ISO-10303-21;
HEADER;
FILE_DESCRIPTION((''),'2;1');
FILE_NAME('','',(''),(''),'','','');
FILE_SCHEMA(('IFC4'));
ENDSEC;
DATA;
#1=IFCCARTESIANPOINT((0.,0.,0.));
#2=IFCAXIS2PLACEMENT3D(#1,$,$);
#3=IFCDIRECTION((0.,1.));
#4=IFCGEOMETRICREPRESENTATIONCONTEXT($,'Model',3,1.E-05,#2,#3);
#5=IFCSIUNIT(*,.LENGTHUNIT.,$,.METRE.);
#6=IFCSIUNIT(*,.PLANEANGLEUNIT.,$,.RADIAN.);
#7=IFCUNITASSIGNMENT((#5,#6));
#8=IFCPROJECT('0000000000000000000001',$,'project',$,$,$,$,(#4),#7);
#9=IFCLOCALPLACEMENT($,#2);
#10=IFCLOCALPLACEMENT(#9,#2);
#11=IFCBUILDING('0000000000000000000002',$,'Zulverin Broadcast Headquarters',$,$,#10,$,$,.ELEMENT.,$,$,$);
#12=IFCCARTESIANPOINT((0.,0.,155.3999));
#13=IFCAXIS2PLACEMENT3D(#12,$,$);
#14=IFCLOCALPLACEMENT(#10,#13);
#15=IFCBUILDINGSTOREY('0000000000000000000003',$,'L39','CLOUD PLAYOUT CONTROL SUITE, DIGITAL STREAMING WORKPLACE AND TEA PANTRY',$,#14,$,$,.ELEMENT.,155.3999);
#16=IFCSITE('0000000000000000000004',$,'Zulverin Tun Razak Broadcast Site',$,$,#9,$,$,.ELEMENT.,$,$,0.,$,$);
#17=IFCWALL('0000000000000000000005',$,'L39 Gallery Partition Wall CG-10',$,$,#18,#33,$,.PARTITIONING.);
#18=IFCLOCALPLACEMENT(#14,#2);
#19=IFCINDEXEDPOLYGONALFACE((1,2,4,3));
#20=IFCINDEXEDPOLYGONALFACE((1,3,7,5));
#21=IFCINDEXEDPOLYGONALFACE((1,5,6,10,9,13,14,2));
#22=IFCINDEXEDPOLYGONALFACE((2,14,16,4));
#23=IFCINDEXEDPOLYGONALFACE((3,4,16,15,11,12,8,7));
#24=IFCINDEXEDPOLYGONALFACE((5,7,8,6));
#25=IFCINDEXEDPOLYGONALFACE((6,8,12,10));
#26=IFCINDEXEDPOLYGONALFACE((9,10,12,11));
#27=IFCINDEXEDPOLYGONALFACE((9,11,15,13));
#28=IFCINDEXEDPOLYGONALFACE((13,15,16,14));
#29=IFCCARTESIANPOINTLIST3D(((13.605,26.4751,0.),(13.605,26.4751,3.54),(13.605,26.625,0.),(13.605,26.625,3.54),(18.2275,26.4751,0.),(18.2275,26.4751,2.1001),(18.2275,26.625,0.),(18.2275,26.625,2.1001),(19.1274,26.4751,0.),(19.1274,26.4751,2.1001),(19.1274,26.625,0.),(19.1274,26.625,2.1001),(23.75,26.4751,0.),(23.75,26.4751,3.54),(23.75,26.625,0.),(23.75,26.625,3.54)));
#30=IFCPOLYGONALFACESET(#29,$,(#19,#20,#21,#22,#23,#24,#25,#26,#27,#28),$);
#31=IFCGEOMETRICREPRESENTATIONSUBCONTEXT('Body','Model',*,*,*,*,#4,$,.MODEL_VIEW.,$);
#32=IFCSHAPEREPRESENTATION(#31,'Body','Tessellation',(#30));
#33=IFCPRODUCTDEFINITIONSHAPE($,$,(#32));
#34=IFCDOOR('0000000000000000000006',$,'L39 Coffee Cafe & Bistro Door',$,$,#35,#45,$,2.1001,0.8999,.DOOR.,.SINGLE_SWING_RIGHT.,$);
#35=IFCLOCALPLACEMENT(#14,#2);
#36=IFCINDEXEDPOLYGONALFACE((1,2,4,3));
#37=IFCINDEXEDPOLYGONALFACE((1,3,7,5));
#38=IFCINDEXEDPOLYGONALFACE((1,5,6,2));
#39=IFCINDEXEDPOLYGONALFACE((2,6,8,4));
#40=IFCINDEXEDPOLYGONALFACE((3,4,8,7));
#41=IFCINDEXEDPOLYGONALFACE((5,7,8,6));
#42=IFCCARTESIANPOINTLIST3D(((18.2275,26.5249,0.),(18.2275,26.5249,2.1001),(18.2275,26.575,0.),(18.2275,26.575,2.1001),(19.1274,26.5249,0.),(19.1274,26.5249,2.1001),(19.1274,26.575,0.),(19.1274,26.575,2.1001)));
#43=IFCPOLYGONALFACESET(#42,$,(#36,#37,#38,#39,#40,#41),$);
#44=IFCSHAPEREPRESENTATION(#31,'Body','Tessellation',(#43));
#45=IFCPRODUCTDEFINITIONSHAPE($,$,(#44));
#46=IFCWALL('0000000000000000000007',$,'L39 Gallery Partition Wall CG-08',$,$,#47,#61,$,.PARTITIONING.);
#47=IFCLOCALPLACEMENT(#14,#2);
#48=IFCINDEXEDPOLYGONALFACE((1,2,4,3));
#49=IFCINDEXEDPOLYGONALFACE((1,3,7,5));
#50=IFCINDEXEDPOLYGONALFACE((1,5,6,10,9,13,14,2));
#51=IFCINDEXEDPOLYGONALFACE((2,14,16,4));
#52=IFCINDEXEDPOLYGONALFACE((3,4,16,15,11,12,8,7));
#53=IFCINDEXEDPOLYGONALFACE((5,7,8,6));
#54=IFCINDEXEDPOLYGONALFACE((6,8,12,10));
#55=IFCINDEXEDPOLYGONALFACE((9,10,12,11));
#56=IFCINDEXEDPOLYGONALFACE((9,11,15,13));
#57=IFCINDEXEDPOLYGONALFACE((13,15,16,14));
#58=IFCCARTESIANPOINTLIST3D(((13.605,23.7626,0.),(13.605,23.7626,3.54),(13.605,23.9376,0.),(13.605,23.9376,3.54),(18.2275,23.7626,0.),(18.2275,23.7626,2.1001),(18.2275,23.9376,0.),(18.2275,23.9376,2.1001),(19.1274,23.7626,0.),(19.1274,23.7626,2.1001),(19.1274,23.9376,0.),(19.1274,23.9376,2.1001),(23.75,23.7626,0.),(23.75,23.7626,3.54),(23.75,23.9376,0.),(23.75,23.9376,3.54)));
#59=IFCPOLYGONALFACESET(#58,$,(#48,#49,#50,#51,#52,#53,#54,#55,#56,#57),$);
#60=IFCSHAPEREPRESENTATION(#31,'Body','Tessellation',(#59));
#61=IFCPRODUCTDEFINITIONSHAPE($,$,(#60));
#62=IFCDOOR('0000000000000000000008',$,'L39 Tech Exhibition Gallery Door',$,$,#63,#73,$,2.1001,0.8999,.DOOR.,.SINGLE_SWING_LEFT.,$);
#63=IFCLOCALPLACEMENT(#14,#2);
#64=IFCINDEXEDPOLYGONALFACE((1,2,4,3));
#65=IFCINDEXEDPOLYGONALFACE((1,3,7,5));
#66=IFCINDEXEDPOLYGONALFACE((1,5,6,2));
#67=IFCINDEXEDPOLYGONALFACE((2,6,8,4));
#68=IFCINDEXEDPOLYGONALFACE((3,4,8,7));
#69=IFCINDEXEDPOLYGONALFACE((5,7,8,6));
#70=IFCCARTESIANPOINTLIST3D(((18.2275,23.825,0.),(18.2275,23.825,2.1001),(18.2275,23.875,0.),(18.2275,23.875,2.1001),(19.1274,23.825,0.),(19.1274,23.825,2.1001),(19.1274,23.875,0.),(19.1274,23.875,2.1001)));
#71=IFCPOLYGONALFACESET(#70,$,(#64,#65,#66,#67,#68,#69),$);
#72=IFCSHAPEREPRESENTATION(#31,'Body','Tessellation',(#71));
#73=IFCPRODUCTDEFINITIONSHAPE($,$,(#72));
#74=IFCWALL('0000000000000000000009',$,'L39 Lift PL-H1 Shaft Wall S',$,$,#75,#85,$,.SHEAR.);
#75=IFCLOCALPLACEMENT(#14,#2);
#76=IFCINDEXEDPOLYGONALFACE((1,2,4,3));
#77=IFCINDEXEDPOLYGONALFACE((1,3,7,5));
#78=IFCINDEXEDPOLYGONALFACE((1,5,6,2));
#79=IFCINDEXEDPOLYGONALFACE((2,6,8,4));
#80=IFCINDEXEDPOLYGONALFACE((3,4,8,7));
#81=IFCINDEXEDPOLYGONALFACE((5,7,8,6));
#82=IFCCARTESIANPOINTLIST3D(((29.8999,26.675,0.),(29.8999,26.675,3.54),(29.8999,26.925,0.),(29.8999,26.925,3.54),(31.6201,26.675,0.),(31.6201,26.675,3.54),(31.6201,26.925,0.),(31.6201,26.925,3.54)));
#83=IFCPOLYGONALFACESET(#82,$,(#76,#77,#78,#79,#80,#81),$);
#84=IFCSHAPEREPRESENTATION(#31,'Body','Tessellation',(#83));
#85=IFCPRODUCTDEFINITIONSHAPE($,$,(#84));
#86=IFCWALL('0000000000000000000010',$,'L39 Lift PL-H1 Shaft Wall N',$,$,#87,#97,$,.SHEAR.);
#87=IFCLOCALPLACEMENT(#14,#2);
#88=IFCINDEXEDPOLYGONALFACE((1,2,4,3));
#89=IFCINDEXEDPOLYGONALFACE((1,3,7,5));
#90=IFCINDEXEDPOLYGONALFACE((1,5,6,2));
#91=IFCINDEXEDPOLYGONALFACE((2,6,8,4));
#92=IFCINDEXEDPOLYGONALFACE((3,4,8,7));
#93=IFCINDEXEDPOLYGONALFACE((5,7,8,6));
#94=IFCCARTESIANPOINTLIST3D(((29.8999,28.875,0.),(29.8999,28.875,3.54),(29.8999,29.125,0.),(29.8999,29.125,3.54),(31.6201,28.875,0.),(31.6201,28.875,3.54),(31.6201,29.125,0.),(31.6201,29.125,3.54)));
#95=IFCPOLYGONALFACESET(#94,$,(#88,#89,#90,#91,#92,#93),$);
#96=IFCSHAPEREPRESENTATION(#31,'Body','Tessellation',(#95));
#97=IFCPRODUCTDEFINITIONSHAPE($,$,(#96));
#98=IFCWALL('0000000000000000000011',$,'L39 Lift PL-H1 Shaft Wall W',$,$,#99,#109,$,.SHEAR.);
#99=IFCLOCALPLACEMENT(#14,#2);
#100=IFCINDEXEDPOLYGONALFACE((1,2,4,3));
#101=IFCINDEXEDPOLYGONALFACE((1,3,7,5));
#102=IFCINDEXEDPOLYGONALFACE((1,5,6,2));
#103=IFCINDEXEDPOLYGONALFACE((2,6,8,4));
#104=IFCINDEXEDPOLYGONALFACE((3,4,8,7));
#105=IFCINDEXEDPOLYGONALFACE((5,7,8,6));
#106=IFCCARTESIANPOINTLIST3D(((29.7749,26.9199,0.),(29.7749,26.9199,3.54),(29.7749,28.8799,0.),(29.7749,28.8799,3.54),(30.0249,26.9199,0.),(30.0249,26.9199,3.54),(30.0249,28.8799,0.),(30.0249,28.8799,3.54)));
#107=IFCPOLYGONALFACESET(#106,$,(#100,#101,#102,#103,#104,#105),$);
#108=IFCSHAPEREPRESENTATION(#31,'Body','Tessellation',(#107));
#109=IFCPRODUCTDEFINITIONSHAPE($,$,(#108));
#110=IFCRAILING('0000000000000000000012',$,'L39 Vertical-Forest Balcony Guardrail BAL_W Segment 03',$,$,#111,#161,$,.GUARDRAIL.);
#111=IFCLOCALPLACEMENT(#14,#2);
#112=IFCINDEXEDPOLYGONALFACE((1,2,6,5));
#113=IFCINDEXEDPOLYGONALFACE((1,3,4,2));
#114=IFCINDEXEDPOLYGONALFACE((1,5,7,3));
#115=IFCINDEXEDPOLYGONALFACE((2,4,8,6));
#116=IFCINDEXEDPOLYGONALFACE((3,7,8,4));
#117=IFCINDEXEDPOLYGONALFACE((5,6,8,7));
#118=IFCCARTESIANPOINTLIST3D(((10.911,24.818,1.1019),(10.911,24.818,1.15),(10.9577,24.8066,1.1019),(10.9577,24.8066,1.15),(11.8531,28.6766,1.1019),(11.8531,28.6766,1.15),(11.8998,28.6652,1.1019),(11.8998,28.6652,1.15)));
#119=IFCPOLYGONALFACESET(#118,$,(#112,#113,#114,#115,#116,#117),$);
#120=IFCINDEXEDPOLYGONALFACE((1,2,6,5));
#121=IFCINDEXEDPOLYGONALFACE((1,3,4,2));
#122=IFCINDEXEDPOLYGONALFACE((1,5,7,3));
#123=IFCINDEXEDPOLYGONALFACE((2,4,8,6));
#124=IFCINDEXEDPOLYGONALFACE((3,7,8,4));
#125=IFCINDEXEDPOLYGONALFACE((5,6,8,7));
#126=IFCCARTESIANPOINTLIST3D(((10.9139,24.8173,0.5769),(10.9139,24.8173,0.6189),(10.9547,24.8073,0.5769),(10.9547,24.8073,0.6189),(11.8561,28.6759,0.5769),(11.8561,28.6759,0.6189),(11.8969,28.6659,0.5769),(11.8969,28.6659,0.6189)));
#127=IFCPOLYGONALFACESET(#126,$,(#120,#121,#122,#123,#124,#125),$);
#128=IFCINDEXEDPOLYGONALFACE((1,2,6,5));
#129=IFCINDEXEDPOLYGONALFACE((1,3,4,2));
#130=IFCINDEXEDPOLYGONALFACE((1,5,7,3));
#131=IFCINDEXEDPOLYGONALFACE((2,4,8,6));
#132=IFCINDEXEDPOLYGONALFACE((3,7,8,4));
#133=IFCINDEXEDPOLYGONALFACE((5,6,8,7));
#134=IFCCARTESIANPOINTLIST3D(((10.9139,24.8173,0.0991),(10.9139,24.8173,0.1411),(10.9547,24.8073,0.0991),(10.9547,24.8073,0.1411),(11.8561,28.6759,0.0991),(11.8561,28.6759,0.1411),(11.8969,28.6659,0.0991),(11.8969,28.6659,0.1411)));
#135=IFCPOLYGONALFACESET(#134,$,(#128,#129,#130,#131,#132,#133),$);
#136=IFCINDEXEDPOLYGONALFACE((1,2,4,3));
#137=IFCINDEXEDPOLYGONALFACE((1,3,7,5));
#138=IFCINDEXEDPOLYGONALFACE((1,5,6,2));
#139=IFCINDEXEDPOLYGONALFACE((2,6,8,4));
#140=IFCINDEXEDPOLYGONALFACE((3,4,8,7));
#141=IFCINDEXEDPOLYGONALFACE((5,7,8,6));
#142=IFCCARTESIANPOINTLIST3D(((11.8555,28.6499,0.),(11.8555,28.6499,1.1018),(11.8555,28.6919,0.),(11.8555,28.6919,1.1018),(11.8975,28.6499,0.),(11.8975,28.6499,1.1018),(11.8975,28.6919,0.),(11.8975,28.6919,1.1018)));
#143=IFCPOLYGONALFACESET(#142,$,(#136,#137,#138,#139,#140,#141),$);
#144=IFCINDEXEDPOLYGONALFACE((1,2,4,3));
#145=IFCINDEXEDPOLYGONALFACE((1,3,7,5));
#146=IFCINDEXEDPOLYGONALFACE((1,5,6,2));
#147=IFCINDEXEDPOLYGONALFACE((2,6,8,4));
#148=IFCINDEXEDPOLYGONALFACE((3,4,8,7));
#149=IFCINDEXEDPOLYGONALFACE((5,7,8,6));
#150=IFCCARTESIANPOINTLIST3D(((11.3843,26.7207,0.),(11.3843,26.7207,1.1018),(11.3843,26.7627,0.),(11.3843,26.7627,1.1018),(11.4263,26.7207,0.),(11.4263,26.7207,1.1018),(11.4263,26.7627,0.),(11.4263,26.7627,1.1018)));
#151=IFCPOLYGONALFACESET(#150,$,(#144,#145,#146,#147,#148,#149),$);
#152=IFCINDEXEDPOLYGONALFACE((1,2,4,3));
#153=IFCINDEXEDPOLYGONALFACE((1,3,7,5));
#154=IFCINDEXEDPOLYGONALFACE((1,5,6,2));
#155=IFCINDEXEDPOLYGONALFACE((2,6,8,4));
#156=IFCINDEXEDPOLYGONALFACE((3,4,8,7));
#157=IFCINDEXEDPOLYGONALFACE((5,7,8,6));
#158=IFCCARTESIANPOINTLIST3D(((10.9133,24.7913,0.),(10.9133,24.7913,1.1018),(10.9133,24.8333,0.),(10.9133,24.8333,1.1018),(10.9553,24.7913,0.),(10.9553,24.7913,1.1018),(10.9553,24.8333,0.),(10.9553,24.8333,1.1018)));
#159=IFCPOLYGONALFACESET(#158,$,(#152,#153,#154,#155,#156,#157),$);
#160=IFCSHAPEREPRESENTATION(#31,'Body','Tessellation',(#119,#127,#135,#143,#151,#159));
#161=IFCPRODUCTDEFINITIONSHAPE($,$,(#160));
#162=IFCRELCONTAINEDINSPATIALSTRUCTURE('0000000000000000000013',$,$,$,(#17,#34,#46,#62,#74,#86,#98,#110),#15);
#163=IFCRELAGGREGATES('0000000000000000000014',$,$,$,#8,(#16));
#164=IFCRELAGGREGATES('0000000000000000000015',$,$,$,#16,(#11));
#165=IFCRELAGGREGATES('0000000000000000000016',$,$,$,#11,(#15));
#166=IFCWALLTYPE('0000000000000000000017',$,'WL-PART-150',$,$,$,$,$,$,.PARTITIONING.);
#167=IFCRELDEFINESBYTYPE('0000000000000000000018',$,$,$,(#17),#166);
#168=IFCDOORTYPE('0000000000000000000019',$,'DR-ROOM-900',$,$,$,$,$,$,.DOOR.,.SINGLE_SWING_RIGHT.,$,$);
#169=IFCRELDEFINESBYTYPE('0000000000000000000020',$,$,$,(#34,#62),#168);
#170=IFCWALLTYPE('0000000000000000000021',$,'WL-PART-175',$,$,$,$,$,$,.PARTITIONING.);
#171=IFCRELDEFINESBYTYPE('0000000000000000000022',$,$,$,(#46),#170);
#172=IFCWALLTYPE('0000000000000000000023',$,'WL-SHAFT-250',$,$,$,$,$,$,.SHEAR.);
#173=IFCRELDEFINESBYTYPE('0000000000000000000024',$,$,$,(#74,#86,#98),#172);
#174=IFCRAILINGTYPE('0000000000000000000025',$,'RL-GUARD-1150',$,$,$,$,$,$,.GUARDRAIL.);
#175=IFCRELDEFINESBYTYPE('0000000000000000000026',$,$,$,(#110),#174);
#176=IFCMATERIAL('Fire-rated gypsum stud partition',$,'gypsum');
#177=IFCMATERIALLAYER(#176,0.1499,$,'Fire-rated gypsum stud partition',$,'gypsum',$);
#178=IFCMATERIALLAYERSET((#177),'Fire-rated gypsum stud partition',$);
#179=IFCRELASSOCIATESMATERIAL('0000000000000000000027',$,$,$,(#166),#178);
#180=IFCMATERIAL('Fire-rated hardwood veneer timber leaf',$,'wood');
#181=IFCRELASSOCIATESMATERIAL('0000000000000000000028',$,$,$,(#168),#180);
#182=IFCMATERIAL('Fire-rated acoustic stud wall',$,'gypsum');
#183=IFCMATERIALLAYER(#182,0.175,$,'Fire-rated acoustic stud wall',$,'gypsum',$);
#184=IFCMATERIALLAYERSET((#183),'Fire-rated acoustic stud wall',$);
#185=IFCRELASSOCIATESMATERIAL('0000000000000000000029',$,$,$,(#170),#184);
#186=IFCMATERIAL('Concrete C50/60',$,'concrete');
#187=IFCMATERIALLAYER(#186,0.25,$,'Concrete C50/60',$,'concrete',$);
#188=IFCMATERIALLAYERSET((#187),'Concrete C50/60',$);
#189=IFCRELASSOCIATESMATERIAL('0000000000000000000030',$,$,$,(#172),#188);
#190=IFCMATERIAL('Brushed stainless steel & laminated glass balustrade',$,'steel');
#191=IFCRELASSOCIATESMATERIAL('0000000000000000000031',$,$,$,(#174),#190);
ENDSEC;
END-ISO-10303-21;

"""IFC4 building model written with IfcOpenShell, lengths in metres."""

from ifc_helpers import new_model, si_unit, direction, frame, frame_2d, origin, origin_2d, place, context, subcontext, project, spatial, rectangle, extrude, material, layer, layer_set, type_object, element, fill, save


model = new_model("IFC4")

# Units and contexts
model_context = context("Model", 3, precision=1e-05, world=origin(), true_north=direction((0.0, 1.0)))
body_context = subcontext(model_context, "Body", "Model", "MODEL_VIEW")
ifc_project = project(units=[si_unit("LENGTHUNIT", "METRE"), si_unit("PLANEANGLEUNIT", "RADIAN")], contexts=[model_context])

# Site, building, storey
site_placement = place(None, origin())
site = spatial("IfcSite", under=ifc_project, at=site_placement, Name="Zulverin Tun Razak Broadcast Site", CompositionType="ELEMENT", RefElevation=0.0)
building_placement = place(site_placement, origin())
building = spatial("IfcBuilding", under=site, at=building_placement, Name="Zulverin Broadcast Headquarters", CompositionType="ELEMENT")
storey_placement = place(building_placement, frame((0.0, 0.0, 155.3999)))
storey = spatial("IfcBuildingStorey", under=building, at=storey_placement, Name="L39", Description="CLOUD PLAYOUT CONTROL SUITE, DIGITAL STREAMING WORKPLACE AND TEA PANTRY", CompositionType="ELEMENT", Elevation=155.3999)

# Shared definitions
ifc_material_1 = material(Name="Fire-rated gypsum stud partition", Category="gypsum")
ifc_layer_1 = layer(ifc_material_1, 0.1499, Name="Fire-rated gypsum stud partition", Category="gypsum")
ifc_layer_set_1 = layer_set([ifc_layer_1], Name="Fire-rated gypsum stud partition")
wall_type_1 = type_object("IfcWallType", Name="WL-PART-150", PredefinedType="PARTITIONING", material=ifc_layer_set_1)

# Walls, openings, doors
wall_1_placement = place(storey_placement, frame((13.605, 26.55, 0.0), z_axis=(0.0, 0.0, 1.0), x_axis=(1.0, 0.0, 0.0)))
wall_1 = element("IfcWall", 1, at=wall_1_placement, inside=storey, type_object=wall_type_1, Name="L39 Gallery Partition Wall CG-10", PredefinedType="PARTITIONING", context=body_context, shape_type="SweptSolid", body=[
    extrude(rectangle(XDim=10.145, YDim=0.1499, at=frame_2d((5.0725, 0.0))), origin(), (0.0, 0.0, 1.0), 3.54),
])
opening_1_placement = place(wall_1_placement, frame((4.6226, 0.0, 0.0)))
opening_1 = element("IfcOpeningElement", 2, at=opening_1_placement, cuts=wall_1, PredefinedType="OPENING", context=body_context, shape_type="SweptSolid", body=[
    extrude(rectangle(XDim=0.8999, YDim=2.1001, at=frame_2d((0.45, 1.05))), frame((0.0, 0.085, 0.0), z_axis=(0.0, -1.0, 0.0), x_axis=(1.0, 0.0, 0.0)), (0.0, 0.0, 1.0), 0.1699),
])
ifc_material_2 = material(Name="Fire-rated hardwood veneer timber leaf", Category="wood")
door_type_1 = type_object("IfcDoorType", Name="DR-ROOM-900", OperationType="SINGLE_SWING_RIGHT", PredefinedType="DOOR", material=ifc_material_2)
door_1_placement = place(opening_1_placement, origin())
door_1 = element("IfcDoor", 3, at=door_1_placement, inside=storey, type_object=door_type_1, Name="L39 Coffee Cafe & Bistro Door", OperationType="SINGLE_SWING_RIGHT", OverallHeight=2.1001, OverallWidth=0.8999, PredefinedType="DOOR", context=body_context, shape_type="SweptSolid", body=[
    extrude(rectangle(XDim=0.8999, YDim=2.1001, at=frame_2d((0.45, 1.05))), frame((0.0, 0.0249, 0.0), z_axis=(0.0, -1.0, 0.0), x_axis=(1.0, 0.0, 0.0)), (0.0, 0.0, 1.0), 0.05),
])
fill(opening_1, door_1)
ifc_material_3 = material(Name="Fire-rated acoustic stud wall", Category="gypsum")
ifc_layer_2 = layer(ifc_material_3, 0.175, Name="Fire-rated acoustic stud wall", Category="gypsum")
ifc_layer_set_2 = layer_set([ifc_layer_2], Name="Fire-rated acoustic stud wall")
wall_type_2 = type_object("IfcWallType", Name="WL-PART-175", PredefinedType="PARTITIONING", material=ifc_layer_set_2)
wall_2_placement = place(storey_placement, frame((13.605, 23.8501, 0.0), z_axis=(0.0, 0.0, 1.0), x_axis=(1.0, 0.0, 0.0)))
wall_2 = element("IfcWall", 4, at=wall_2_placement, inside=storey, type_object=wall_type_2, Name="L39 Gallery Partition Wall CG-08", PredefinedType="PARTITIONING", context=body_context, shape_type="SweptSolid", body=[
    extrude(rectangle(XDim=10.145, YDim=0.175, at=frame_2d((5.0725, 0.0))), origin(), (0.0, 0.0, 1.0), 3.54),
])
opening_2_placement = place(wall_2_placement, frame((4.6226, 0.0, 0.0)))
opening_2 = element("IfcOpeningElement", 5, at=opening_2_placement, cuts=wall_2, PredefinedType="OPENING", context=body_context, shape_type="SweptSolid", body=[
    extrude(rectangle(XDim=0.8999, YDim=2.1001, at=frame_2d((0.45, 1.05))), frame((0.0, 0.0974, 0.0), z_axis=(0.0, -1.0, 0.0), x_axis=(1.0, 0.0, 0.0)), (0.0, 0.0, 1.0), 0.1951),
])
door_2_placement = place(opening_2_placement, origin())
door_2 = element("IfcDoor", 6, at=door_2_placement, inside=storey, type_object=door_type_1, Name="L39 Tech Exhibition Gallery Door", OperationType="SINGLE_SWING_LEFT", OverallHeight=2.1001, OverallWidth=0.8999, PredefinedType="DOOR", context=body_context, shape_type="SweptSolid", body=[
    extrude(rectangle(XDim=0.8999, YDim=2.1001, at=frame_2d((0.45, 1.05))), frame((0.0, 0.0249, 0.0), z_axis=(0.0, -1.0, 0.0), x_axis=(1.0, 0.0, 0.0)), (0.0, 0.0, 1.0), 0.05),
])
fill(opening_2, door_2)
ifc_material_4 = material(Name="Concrete C50/60", Category="concrete")
ifc_layer_3 = layer(ifc_material_4, 0.25, Name="Concrete C50/60", Category="concrete")
ifc_layer_set_3 = layer_set([ifc_layer_3], Name="Concrete C50/60")
wall_type_3 = type_object("IfcWallType", Name="WL-SHAFT-250", PredefinedType="SHEAR", material=ifc_layer_set_3)

# Walls
for number, where, z_axis, x_axis, name in (
    (7, (29.8999, 26.8, 0.0), (0.0, 0.0, 1.0), (1.0, 0.0, 0.0), "L39 Lift PL-H1 Shaft Wall S"),
    (8, (29.8999, 29.0, 0.0), (0.0, 0.0, 1.0), (1.0, 0.0, 0.0), "L39 Lift PL-H1 Shaft Wall N"),
):
    element("IfcWall", number, at=place(storey_placement, frame(where, z_axis=z_axis, x_axis=x_axis)), inside=storey, type_object=wall_type_3, Name=name, PredefinedType="SHEAR", context=body_context, shape_type="SweptSolid", body=[
        extrude(rectangle(XDim=1.7202, YDim=0.25, at=frame_2d((0.8601, 0.0))), origin(), (0.0, 0.0, 1.0), 3.54),
    ])
wall_3_placement = place(storey_placement, frame((29.8999, 26.9199, 0.0), z_axis=(0.0, 0.0, 1.0), x_axis=(0.0, 1.0, 0.0)))
element("IfcWall", 9, at=wall_3_placement, inside=storey, type_object=wall_type_3, Name="L39 Lift PL-H1 Shaft Wall W", PredefinedType="SHEAR", context=body_context, shape_type="SweptSolid", body=[
    extrude(rectangle(XDim=1.96, YDim=0.25, at=frame_2d((0.98, 0.0))), origin(), (0.0, 0.0, 1.0), 3.54),
])

# Railing
ifc_material_5 = material(Name="Brushed stainless steel & laminated glass balustrade", Category="steel")
railing_type = type_object("IfcRailingType", Name="RL-GUARD-1150", PredefinedType="GUARDRAIL", material=ifc_material_5)
railing_1_placement = place(storey_placement, frame((11.8765, 28.6709, 0.0)))
element("IfcRailing", 10, at=railing_1_placement, inside=storey, type_object=railing_type, Name="L39 Vertical-Forest Balcony Guardrail BAL_W Segment 03", PredefinedType="GUARDRAIL", context=body_context, shape_type="SweptSolid", body=[
    extrude(rectangle(XDim=0.0481, YDim=0.0481, at=origin_2d()), frame((0.0, 0.0, 1.126), z_axis=(-0.237195, -0.971462, 0.0), x_axis=(0.971462, -0.237195, 0.0)), (0.0, 0.0, 1.0), 3.9719),
    extrude(rectangle(XDim=0.042, YDim=0.042, at=origin_2d()), frame((0.0, 0.0, 0.5979), z_axis=(-0.237195, -0.971462, 0.0), x_axis=(0.971462, -0.237195, 0.0)), (0.0, 0.0, 1.0), 3.9719),
    extrude(rectangle(XDim=0.042, YDim=0.042, at=origin_2d()), frame((0.0, 0.0, 0.1201), z_axis=(-0.237195, -0.971462, 0.0), x_axis=(0.971462, -0.237195, 0.0)), (0.0, 0.0, 1.0), 3.9719),
    extrude(rectangle(XDim=0.042, YDim=0.042, at=origin_2d()), origin(), (0.0, 0.0, 1.0), 1.1018),
    extrude(rectangle(XDim=0.042, YDim=0.042, at=origin_2d()), frame((-0.4712, -1.9292, 0.0)), (0.0, 0.0, 1.0), 1.1018),
    extrude(rectangle(XDim=0.042, YDim=0.042, at=origin_2d()), frame((-0.9421, -3.8586, 0.0)), (0.0, 0.0, 1.0), 1.1018),
])

save(model, "model.ifc")
